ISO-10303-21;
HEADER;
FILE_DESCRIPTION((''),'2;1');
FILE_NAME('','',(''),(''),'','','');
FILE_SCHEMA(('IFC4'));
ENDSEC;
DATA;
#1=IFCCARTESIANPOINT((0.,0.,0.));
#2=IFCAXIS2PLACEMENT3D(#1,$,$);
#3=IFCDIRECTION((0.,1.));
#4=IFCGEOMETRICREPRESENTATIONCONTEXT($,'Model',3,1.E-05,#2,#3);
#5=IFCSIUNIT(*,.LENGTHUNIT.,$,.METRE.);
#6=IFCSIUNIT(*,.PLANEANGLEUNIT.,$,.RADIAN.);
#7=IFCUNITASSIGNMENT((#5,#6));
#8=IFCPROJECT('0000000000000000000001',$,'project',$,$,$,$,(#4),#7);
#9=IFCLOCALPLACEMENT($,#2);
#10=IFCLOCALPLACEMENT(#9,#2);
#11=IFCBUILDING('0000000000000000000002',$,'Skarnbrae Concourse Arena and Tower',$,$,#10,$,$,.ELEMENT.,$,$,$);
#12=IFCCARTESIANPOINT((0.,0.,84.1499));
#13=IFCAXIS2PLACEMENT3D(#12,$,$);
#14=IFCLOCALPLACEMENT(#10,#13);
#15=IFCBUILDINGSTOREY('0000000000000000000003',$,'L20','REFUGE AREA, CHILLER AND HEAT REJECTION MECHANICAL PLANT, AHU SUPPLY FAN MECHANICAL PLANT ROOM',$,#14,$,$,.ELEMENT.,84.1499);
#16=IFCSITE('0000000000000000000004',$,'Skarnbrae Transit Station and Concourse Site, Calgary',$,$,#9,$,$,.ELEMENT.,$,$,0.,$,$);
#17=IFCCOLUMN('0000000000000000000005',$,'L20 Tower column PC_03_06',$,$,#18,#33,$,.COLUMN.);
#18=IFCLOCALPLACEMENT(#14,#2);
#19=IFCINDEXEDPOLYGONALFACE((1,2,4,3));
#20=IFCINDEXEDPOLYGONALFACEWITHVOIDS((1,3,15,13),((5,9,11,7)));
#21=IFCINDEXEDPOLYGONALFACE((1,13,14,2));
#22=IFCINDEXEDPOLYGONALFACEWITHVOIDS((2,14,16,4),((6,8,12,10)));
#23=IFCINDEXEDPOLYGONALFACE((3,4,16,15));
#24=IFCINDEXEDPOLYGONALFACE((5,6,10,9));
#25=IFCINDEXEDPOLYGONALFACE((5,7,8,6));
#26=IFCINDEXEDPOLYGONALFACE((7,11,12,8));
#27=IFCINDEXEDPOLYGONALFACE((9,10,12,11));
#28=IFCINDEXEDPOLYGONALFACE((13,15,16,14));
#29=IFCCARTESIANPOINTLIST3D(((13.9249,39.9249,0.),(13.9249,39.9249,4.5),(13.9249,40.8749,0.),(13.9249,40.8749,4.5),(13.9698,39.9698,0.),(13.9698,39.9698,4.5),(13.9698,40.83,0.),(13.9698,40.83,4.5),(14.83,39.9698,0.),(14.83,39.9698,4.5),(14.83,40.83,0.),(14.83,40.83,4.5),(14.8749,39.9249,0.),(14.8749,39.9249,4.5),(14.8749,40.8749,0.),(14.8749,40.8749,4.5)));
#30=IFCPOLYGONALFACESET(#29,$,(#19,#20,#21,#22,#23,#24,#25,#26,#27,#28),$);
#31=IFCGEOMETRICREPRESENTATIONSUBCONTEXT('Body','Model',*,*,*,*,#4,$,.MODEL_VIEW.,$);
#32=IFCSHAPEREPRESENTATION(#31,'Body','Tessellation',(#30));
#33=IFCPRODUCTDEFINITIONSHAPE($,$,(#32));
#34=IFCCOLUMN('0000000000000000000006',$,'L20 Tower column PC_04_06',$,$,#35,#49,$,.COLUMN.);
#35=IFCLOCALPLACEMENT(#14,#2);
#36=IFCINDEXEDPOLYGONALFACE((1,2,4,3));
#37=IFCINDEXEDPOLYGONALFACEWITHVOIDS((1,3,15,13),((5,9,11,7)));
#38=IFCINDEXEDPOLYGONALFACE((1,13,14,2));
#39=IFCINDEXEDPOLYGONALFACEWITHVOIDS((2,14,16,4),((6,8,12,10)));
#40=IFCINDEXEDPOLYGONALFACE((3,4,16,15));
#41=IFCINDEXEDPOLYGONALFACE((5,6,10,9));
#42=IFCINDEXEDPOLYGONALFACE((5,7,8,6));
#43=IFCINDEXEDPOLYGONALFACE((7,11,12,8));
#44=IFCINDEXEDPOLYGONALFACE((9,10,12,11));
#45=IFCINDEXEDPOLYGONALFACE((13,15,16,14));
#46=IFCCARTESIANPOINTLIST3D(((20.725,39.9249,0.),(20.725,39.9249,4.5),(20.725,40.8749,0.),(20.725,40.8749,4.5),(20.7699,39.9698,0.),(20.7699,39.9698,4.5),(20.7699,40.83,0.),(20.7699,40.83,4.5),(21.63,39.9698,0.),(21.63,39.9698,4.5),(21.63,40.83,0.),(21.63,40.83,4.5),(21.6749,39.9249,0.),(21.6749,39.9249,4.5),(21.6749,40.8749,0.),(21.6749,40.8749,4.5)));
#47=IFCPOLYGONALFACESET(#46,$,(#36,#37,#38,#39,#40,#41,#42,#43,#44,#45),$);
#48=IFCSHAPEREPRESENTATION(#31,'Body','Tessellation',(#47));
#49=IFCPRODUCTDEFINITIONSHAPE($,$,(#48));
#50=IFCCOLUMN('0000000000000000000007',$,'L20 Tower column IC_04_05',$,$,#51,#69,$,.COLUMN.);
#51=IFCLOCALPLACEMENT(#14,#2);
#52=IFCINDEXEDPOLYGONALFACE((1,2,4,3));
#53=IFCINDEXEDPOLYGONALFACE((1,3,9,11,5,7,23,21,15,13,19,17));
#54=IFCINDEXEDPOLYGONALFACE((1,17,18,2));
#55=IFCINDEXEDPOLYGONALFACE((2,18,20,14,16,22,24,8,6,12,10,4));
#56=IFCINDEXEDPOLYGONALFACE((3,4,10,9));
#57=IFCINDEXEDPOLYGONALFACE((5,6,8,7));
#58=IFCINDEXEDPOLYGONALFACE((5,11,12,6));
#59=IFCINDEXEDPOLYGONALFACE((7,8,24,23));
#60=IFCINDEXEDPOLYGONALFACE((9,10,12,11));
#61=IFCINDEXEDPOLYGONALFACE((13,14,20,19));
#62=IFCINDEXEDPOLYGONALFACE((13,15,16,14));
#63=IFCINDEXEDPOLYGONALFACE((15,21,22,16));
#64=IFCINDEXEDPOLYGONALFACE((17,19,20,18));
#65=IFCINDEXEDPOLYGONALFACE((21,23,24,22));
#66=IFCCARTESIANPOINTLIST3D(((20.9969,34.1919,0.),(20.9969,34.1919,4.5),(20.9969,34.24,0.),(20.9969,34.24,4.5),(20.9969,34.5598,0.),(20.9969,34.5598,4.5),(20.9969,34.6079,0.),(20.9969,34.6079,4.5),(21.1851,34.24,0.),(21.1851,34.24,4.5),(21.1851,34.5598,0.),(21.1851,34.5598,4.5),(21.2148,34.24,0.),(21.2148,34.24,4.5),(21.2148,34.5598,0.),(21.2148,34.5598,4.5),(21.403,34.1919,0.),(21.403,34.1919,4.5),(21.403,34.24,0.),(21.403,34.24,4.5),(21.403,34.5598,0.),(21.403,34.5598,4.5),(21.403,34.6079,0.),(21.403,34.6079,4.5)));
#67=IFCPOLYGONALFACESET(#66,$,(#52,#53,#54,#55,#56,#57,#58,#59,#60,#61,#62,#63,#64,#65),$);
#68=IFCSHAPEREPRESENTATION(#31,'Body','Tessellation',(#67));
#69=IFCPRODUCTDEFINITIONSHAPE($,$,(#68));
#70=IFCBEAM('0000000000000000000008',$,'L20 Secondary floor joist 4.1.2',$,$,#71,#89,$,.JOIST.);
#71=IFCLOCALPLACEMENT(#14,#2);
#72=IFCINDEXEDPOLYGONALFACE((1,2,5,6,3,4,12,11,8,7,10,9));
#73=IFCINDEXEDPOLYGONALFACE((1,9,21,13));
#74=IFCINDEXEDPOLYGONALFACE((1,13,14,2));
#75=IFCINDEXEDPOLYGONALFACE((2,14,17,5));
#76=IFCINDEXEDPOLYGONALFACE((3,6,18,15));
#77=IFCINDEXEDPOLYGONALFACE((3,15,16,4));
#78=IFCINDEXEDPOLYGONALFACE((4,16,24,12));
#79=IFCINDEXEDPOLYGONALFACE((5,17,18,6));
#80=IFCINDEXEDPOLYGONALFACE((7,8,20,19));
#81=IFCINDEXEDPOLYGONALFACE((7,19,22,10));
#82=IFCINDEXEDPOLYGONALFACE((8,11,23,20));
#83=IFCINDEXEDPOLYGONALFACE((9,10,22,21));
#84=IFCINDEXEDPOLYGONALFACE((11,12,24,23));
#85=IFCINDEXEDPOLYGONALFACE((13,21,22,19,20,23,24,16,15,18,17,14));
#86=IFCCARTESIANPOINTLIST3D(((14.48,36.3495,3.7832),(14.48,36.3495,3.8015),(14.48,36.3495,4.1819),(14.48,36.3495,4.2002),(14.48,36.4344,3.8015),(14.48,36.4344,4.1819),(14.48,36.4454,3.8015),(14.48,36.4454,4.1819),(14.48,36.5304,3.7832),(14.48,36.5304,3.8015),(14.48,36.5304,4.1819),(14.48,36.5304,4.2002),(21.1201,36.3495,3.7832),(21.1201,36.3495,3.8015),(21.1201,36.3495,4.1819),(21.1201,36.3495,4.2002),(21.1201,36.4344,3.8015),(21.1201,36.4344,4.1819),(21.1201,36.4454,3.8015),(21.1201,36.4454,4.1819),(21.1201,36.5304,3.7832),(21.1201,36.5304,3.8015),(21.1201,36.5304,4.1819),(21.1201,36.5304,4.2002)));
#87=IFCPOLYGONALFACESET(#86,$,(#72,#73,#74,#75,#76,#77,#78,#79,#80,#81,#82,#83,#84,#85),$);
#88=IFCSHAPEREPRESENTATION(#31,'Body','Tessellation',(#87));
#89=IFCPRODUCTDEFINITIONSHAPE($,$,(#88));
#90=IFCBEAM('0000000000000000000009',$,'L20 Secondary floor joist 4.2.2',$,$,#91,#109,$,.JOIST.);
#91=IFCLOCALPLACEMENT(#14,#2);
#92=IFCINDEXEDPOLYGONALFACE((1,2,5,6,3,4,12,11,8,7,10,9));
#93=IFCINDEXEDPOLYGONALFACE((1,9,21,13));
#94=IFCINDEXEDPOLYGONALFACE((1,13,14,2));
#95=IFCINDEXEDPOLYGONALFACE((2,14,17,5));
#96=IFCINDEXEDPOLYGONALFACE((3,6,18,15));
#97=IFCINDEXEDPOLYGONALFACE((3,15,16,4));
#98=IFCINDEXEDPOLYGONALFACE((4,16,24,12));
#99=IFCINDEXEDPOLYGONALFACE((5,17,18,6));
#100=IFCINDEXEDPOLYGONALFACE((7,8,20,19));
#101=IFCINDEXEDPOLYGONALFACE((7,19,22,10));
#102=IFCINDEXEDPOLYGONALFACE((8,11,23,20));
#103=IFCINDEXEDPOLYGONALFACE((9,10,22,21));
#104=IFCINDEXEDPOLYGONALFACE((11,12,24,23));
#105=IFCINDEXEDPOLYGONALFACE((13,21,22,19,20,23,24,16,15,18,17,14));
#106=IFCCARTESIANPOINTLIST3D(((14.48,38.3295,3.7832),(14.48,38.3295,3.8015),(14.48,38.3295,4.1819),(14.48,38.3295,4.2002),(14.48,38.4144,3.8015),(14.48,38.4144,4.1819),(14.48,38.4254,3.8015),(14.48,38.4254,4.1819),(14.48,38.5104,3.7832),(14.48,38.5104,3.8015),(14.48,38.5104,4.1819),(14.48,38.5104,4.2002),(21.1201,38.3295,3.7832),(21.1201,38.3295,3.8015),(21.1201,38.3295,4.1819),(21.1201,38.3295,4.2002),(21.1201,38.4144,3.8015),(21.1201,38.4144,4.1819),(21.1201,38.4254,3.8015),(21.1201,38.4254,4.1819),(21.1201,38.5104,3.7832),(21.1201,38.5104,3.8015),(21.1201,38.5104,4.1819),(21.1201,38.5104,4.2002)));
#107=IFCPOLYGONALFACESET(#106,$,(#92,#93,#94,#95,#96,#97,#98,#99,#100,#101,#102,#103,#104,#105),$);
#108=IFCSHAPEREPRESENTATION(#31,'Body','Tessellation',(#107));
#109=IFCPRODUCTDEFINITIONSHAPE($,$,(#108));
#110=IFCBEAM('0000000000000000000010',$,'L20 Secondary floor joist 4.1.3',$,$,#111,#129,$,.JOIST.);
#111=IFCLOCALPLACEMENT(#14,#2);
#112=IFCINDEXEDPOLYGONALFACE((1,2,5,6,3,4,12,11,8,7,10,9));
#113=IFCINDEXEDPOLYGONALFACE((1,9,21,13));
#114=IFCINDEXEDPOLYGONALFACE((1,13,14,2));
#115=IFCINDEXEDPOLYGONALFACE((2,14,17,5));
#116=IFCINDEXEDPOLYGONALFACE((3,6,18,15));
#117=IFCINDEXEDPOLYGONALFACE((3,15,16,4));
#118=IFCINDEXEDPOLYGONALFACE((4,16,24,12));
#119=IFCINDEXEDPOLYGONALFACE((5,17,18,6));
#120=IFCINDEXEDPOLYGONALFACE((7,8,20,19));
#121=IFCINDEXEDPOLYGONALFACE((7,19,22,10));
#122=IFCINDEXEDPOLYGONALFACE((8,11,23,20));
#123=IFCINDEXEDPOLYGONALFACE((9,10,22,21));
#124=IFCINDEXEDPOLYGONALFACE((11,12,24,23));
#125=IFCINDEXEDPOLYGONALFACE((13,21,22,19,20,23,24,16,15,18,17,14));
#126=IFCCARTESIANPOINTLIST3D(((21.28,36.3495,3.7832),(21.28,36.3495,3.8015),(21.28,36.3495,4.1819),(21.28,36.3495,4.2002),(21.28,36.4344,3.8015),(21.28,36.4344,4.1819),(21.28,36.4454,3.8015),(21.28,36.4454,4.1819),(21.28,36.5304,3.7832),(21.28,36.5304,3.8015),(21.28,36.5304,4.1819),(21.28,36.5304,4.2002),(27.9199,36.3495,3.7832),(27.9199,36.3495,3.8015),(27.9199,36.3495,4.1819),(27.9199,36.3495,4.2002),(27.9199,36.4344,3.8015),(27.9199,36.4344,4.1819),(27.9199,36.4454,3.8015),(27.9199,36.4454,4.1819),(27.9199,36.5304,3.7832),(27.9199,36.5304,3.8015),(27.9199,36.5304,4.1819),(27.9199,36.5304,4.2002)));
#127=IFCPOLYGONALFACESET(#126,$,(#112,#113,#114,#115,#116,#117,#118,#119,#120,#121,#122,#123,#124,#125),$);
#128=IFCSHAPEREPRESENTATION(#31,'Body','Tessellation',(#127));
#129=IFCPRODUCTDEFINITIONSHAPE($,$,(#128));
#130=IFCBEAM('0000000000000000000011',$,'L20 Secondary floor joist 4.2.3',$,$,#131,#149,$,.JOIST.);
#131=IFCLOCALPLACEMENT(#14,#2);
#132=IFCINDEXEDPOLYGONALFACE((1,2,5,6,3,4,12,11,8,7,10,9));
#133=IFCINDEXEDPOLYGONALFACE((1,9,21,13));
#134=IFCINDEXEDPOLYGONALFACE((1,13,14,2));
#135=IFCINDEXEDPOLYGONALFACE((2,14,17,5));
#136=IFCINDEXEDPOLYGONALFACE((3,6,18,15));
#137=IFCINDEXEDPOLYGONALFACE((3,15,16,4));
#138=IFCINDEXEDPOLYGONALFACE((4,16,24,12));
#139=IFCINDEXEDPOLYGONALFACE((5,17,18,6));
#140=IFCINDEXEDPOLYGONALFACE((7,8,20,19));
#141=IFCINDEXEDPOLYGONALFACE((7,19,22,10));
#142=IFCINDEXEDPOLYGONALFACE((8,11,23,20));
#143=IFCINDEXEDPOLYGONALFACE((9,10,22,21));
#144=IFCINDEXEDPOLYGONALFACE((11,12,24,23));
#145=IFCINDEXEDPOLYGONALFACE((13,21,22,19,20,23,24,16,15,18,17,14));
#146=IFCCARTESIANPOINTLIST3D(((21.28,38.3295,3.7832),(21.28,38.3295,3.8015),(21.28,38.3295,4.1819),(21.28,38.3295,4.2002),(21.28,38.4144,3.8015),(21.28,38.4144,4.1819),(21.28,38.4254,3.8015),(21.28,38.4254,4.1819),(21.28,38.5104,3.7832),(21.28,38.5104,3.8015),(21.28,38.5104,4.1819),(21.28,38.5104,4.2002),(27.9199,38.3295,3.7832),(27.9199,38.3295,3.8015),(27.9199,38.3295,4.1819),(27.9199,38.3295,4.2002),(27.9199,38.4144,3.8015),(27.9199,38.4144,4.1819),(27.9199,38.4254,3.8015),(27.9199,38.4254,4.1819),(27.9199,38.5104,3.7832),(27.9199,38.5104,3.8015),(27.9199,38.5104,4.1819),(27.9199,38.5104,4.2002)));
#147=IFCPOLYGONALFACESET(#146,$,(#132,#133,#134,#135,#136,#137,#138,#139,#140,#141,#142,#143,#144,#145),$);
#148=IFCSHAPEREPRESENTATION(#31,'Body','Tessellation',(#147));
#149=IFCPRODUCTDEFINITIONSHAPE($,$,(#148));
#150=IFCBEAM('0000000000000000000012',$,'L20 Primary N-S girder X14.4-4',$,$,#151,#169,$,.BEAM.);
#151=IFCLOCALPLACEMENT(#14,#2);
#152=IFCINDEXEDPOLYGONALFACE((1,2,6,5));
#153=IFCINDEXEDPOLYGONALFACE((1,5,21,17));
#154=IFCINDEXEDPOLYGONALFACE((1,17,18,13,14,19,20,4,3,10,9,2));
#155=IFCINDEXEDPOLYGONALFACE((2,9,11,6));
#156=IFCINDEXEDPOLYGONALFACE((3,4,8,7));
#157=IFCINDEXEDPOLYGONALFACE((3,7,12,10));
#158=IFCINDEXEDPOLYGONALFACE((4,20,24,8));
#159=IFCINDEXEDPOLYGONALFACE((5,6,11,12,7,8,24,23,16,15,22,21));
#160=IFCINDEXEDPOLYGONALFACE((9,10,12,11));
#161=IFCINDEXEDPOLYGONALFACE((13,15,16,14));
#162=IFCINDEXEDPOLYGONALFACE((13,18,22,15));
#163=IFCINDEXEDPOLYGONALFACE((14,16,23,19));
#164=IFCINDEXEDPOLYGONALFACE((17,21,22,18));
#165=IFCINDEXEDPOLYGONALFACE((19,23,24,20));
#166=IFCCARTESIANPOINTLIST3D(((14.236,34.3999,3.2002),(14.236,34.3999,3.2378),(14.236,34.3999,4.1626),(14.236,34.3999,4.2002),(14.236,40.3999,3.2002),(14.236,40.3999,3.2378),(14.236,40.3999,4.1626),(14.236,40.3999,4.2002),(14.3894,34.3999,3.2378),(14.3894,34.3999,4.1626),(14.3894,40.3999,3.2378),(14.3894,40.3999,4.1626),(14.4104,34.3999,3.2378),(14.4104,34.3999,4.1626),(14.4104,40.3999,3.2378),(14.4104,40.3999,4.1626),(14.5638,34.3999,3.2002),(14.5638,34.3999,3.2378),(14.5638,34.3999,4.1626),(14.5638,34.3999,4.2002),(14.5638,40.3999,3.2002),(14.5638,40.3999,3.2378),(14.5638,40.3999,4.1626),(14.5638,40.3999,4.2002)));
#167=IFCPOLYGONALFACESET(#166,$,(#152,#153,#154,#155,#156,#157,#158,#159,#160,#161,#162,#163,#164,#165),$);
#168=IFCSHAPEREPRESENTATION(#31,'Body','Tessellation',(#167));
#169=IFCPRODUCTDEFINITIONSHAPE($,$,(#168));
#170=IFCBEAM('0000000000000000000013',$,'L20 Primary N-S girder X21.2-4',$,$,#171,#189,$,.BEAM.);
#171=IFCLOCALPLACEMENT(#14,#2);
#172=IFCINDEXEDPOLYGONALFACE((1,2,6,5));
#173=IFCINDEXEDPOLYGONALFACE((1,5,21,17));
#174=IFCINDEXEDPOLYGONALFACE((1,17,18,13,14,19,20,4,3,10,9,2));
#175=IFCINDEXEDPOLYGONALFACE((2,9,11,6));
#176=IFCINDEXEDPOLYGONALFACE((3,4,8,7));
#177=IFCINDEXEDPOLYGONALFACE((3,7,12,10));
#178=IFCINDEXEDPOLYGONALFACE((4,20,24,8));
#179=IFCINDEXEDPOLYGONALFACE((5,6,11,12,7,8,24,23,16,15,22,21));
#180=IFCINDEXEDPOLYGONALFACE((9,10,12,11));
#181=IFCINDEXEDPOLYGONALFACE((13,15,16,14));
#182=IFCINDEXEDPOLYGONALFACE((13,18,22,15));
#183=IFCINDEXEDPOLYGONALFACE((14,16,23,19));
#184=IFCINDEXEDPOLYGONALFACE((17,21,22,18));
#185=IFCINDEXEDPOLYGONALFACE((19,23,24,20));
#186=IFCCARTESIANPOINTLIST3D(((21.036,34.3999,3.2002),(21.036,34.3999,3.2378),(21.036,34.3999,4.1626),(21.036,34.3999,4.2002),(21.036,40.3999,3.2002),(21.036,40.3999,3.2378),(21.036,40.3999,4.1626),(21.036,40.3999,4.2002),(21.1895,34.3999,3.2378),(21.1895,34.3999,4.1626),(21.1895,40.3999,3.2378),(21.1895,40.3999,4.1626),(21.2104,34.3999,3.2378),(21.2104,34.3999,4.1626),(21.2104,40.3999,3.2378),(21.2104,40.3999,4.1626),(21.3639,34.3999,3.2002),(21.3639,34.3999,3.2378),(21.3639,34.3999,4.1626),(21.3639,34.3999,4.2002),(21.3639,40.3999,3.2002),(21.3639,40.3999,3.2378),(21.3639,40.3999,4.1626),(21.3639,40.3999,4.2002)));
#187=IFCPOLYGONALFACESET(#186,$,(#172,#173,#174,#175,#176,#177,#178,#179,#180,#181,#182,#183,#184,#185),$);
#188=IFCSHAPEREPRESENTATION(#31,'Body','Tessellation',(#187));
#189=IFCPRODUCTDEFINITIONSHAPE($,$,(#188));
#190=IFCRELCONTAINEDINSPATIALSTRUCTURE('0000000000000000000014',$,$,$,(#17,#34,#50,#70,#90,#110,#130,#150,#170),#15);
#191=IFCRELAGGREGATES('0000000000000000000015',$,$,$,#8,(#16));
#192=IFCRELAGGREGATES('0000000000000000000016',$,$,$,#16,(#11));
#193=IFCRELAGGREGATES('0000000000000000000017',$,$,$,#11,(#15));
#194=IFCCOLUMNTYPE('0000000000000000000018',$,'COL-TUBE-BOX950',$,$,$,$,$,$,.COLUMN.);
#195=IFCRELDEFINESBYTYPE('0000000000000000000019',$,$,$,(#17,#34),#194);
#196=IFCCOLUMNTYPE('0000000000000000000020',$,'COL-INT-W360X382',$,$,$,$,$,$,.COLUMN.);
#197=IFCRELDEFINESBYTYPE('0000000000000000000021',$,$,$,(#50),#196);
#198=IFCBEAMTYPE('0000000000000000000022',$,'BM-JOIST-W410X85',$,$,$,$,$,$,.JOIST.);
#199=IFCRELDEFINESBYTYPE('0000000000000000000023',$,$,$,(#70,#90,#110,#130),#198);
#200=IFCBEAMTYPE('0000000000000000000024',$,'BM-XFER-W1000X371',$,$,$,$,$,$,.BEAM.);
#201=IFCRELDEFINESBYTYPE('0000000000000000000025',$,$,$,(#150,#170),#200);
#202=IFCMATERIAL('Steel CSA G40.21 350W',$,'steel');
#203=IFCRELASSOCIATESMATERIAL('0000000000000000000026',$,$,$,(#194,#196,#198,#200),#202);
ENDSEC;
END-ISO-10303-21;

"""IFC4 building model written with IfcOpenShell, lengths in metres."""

from ifc_helpers import new_model, si_unit, direction, frame, origin, origin_2d, place, context, subcontext, project, spatial, hollow_rectangle, i_section, extrude, source, transform, mapped, material, material_profile, profile_set, type_object, element, save


model = new_model("IFC4")

# Units and contexts
model_context = context("Model", 3, precision=1e-05, world=origin(), true_north=direction((0.0, 1.0)))
body_context = subcontext(model_context, "Body", "Model", "MODEL_VIEW")
ifc_project = project(units=[si_unit("LENGTHUNIT", "METRE"), si_unit("PLANEANGLEUNIT", "RADIAN")], contexts=[model_context])

# Site, building, storey
site_placement = place(None, origin())
site = spatial("IfcSite", under=ifc_project, at=site_placement, Name="Skarnbrae Transit Station and Concourse Site, Calgary", CompositionType="ELEMENT", RefElevation=0.0)
building_placement = place(site_placement, origin())
building = spatial("IfcBuilding", under=site, at=building_placement, Name="Skarnbrae Concourse Arena and Tower", CompositionType="ELEMENT")
storey_placement = place(building_placement, frame((0.0, 0.0, 84.1499)))
storey = spatial("IfcBuildingStorey", under=building, at=storey_placement, Name="L20", Description="REFUGE AREA, CHILLER AND HEAT REJECTION MECHANICAL PLANT, AHU SUPPLY FAN MECHANICAL PLANT ROOM", CompositionType="ELEMENT", Elevation=84.1499)

# Columns
ifc_material_1 = material(Name="Steel CSA G40.21 350W", Category="steel")
ifc_material_profile_1 = material_profile(ifc_material_1, hollow_rectangle(XDim=0.95, YDim=0.95, WallThickness=0.0449, at=origin_2d()), Name="BOX950X950X45")
ifc_profile_set_1 = profile_set([ifc_material_profile_1], Name="Steel CSA G40.21 350W")
column_type_1 = type_object("IfcColumnType", Name="COL-TUBE-BOX950", PredefinedType="COLUMN", material=ifc_profile_set_1)
shared_shape_1 = source(origin(), body_context, "Body", "SweptSolid", [
    extrude(hollow_rectangle(XDim=0.95, YDim=0.95, WallThickness=0.0449, at=origin_2d()), origin(), (0.0, 0.0, 1.0), 4.5),
])
for number, where, z_axis, x_axis, name in (
    (1, (14.3999, 40.3999, 0.0), (0.0, 0.0, 1.0), (1.0, 0.0, 0.0), "L20 Tower column PC_03_06"),
    (2, (21.2, 40.3999, 0.0), (0.0, 0.0, 1.0), (1.0, 0.0, 0.0), "L20 Tower column PC_04_06"),
):
    element("IfcColumn", number, at=place(storey_placement, frame(where, z_axis=z_axis, x_axis=x_axis)), inside=storey, type_object=column_type_1, Name=name, PredefinedType="COLUMN", context=body_context, shape_type="MappedRepresentation", body=[
        mapped(shared_shape_1, transform((0.0, 0.0, 0.0))),
    ])
ifc_material_profile_2 = material_profile(ifc_material_1, i_section(OverallWidth=0.406, OverallDepth=0.416, WebThickness=0.0298, FlangeThickness=0.0481, at=origin_2d()), Name="W360X382")
ifc_profile_set_2 = profile_set([ifc_material_profile_2], Name="Steel CSA G40.21 350W")
column_type_2 = type_object("IfcColumnType", Name="COL-INT-W360X382", PredefinedType="COLUMN", material=ifc_profile_set_2)
shared_shape_2 = source(origin(), body_context, "Body", "SweptSolid", [
    extrude(i_section(OverallWidth=0.406, OverallDepth=0.416, WebThickness=0.0298, FlangeThickness=0.0481, at=origin_2d()), origin(), (0.0, 0.0, 1.0), 4.5),
])
column_placement = place(storey_placement, frame((21.2, 34.3999, 0.0), z_axis=(0.0, 0.0, 1.0), x_axis=(1.0, 0.0, 0.0)))
element("IfcColumn", 3, at=column_placement, inside=storey, type_object=column_type_2, Name="L20 Tower column IC_04_05", PredefinedType="COLUMN", context=body_context, shape_type="MappedRepresentation", body=[
    mapped(shared_shape_2, transform((0.0, 0.0, 0.0))),
])

# Beams
ifc_material_profile_3 = material_profile(ifc_material_1, i_section(OverallWidth=0.1809, OverallDepth=0.417, WebThickness=0.011, FlangeThickness=0.0183, at=origin_2d()), Name="W410X85")
ifc_profile_set_3 = profile_set([ifc_material_profile_3], Name="Steel CSA G40.21 350W")
beam_type_1 = type_object("IfcBeamType", Name="BM-JOIST-W410X85", PredefinedType="JOIST", material=ifc_profile_set_3)
shared_shape_3 = source(origin(), body_context, "Body", "SweptSolid", [
    extrude(i_section(OverallWidth=0.1809, OverallDepth=0.417, WebThickness=0.011, FlangeThickness=0.0183, at=origin_2d()), origin(), (0.0, 0.0, 1.0), 6.6401),
])
for number, where, z_axis, x_axis, name in (
    (4, (14.48, 36.4399, 3.9917), (1.0, 0.0, 0.0), (0.0, 1.0, 0.0), "L20 Secondary floor joist 4.1.2"),
    (5, (14.48, 38.4199, 3.9917), (1.0, 0.0, 0.0), (0.0, 1.0, 0.0), "L20 Secondary floor joist 4.2.2"),
):
    element("IfcBeam", number, at=place(storey_placement, frame(where, z_axis=z_axis, x_axis=x_axis)), inside=storey, type_object=beam_type_1, Name=name, PredefinedType="JOIST", context=body_context, shape_type="MappedRepresentation", body=[
        mapped(shared_shape_3, transform((0.0, 0.0, 0.0))),
    ])
shared_shape_4 = source(origin(), body_context, "Body", "SweptSolid", [
    extrude(i_section(OverallWidth=0.1809, OverallDepth=0.417, WebThickness=0.011, FlangeThickness=0.0183, at=origin_2d()), origin(), (0.0, 0.0, 1.0), 6.6399),
])
for number, where, z_axis, x_axis, name in (
    (6, (21.28, 36.4399, 3.9917), (1.0, 0.0, 0.0), (0.0, 1.0, 0.0), "L20 Secondary floor joist 4.1.3"),
    (7, (21.28, 38.4199, 3.9917), (1.0, 0.0, 0.0), (0.0, 1.0, 0.0), "L20 Secondary floor joist 4.2.3"),
):
    element("IfcBeam", number, at=place(storey_placement, frame(where, z_axis=z_axis, x_axis=x_axis)), inside=storey, type_object=beam_type_1, Name=name, PredefinedType="JOIST", context=body_context, shape_type="MappedRepresentation", body=[
        mapped(shared_shape_4, transform((0.0, 0.0, 0.0))),
    ])
ifc_material_profile_4 = material_profile(ifc_material_1, i_section(OverallWidth=0.3279, OverallDepth=1.0, WebThickness=0.021, FlangeThickness=0.0376, at=origin_2d()), Name="W1000X371")
ifc_profile_set_4 = profile_set([ifc_material_profile_4], Name="Steel CSA G40.21 350W")
beam_type_2 = type_object("IfcBeamType", Name="BM-XFER-W1000X371", PredefinedType="BEAM", material=ifc_profile_set_4)
shared_shape_5 = source(origin(), body_context, "Body", "SweptSolid", [
    extrude(i_section(OverallWidth=0.3279, OverallDepth=1.0, WebThickness=0.021, FlangeThickness=0.0376, at=origin_2d()), origin(), (0.0, 0.0, 1.0), 6.0),
])
for number, where, z_axis, x_axis, name in (
    (8, (14.3999, 34.3999, 3.7002), (0.0, 1.0, 0.0), (-1.0, 0.0, 0.0), "L20 Primary N-S girder X14.4-4"),
    (9, (21.2, 34.3999, 3.7002), (0.0, 1.0, 0.0), (-1.0, 0.0, 0.0), "L20 Primary N-S girder X21.2-4"),
):
    element("IfcBeam", number, at=place(storey_placement, frame(where, z_axis=z_axis, x_axis=x_axis)), inside=storey, type_object=beam_type_2, Name=name, PredefinedType="BEAM", context=body_context, shape_type="MappedRepresentation", body=[
        mapped(shared_shape_5, transform((0.0, 0.0, 0.0))),
    ])

save(model, "model.ifc")
